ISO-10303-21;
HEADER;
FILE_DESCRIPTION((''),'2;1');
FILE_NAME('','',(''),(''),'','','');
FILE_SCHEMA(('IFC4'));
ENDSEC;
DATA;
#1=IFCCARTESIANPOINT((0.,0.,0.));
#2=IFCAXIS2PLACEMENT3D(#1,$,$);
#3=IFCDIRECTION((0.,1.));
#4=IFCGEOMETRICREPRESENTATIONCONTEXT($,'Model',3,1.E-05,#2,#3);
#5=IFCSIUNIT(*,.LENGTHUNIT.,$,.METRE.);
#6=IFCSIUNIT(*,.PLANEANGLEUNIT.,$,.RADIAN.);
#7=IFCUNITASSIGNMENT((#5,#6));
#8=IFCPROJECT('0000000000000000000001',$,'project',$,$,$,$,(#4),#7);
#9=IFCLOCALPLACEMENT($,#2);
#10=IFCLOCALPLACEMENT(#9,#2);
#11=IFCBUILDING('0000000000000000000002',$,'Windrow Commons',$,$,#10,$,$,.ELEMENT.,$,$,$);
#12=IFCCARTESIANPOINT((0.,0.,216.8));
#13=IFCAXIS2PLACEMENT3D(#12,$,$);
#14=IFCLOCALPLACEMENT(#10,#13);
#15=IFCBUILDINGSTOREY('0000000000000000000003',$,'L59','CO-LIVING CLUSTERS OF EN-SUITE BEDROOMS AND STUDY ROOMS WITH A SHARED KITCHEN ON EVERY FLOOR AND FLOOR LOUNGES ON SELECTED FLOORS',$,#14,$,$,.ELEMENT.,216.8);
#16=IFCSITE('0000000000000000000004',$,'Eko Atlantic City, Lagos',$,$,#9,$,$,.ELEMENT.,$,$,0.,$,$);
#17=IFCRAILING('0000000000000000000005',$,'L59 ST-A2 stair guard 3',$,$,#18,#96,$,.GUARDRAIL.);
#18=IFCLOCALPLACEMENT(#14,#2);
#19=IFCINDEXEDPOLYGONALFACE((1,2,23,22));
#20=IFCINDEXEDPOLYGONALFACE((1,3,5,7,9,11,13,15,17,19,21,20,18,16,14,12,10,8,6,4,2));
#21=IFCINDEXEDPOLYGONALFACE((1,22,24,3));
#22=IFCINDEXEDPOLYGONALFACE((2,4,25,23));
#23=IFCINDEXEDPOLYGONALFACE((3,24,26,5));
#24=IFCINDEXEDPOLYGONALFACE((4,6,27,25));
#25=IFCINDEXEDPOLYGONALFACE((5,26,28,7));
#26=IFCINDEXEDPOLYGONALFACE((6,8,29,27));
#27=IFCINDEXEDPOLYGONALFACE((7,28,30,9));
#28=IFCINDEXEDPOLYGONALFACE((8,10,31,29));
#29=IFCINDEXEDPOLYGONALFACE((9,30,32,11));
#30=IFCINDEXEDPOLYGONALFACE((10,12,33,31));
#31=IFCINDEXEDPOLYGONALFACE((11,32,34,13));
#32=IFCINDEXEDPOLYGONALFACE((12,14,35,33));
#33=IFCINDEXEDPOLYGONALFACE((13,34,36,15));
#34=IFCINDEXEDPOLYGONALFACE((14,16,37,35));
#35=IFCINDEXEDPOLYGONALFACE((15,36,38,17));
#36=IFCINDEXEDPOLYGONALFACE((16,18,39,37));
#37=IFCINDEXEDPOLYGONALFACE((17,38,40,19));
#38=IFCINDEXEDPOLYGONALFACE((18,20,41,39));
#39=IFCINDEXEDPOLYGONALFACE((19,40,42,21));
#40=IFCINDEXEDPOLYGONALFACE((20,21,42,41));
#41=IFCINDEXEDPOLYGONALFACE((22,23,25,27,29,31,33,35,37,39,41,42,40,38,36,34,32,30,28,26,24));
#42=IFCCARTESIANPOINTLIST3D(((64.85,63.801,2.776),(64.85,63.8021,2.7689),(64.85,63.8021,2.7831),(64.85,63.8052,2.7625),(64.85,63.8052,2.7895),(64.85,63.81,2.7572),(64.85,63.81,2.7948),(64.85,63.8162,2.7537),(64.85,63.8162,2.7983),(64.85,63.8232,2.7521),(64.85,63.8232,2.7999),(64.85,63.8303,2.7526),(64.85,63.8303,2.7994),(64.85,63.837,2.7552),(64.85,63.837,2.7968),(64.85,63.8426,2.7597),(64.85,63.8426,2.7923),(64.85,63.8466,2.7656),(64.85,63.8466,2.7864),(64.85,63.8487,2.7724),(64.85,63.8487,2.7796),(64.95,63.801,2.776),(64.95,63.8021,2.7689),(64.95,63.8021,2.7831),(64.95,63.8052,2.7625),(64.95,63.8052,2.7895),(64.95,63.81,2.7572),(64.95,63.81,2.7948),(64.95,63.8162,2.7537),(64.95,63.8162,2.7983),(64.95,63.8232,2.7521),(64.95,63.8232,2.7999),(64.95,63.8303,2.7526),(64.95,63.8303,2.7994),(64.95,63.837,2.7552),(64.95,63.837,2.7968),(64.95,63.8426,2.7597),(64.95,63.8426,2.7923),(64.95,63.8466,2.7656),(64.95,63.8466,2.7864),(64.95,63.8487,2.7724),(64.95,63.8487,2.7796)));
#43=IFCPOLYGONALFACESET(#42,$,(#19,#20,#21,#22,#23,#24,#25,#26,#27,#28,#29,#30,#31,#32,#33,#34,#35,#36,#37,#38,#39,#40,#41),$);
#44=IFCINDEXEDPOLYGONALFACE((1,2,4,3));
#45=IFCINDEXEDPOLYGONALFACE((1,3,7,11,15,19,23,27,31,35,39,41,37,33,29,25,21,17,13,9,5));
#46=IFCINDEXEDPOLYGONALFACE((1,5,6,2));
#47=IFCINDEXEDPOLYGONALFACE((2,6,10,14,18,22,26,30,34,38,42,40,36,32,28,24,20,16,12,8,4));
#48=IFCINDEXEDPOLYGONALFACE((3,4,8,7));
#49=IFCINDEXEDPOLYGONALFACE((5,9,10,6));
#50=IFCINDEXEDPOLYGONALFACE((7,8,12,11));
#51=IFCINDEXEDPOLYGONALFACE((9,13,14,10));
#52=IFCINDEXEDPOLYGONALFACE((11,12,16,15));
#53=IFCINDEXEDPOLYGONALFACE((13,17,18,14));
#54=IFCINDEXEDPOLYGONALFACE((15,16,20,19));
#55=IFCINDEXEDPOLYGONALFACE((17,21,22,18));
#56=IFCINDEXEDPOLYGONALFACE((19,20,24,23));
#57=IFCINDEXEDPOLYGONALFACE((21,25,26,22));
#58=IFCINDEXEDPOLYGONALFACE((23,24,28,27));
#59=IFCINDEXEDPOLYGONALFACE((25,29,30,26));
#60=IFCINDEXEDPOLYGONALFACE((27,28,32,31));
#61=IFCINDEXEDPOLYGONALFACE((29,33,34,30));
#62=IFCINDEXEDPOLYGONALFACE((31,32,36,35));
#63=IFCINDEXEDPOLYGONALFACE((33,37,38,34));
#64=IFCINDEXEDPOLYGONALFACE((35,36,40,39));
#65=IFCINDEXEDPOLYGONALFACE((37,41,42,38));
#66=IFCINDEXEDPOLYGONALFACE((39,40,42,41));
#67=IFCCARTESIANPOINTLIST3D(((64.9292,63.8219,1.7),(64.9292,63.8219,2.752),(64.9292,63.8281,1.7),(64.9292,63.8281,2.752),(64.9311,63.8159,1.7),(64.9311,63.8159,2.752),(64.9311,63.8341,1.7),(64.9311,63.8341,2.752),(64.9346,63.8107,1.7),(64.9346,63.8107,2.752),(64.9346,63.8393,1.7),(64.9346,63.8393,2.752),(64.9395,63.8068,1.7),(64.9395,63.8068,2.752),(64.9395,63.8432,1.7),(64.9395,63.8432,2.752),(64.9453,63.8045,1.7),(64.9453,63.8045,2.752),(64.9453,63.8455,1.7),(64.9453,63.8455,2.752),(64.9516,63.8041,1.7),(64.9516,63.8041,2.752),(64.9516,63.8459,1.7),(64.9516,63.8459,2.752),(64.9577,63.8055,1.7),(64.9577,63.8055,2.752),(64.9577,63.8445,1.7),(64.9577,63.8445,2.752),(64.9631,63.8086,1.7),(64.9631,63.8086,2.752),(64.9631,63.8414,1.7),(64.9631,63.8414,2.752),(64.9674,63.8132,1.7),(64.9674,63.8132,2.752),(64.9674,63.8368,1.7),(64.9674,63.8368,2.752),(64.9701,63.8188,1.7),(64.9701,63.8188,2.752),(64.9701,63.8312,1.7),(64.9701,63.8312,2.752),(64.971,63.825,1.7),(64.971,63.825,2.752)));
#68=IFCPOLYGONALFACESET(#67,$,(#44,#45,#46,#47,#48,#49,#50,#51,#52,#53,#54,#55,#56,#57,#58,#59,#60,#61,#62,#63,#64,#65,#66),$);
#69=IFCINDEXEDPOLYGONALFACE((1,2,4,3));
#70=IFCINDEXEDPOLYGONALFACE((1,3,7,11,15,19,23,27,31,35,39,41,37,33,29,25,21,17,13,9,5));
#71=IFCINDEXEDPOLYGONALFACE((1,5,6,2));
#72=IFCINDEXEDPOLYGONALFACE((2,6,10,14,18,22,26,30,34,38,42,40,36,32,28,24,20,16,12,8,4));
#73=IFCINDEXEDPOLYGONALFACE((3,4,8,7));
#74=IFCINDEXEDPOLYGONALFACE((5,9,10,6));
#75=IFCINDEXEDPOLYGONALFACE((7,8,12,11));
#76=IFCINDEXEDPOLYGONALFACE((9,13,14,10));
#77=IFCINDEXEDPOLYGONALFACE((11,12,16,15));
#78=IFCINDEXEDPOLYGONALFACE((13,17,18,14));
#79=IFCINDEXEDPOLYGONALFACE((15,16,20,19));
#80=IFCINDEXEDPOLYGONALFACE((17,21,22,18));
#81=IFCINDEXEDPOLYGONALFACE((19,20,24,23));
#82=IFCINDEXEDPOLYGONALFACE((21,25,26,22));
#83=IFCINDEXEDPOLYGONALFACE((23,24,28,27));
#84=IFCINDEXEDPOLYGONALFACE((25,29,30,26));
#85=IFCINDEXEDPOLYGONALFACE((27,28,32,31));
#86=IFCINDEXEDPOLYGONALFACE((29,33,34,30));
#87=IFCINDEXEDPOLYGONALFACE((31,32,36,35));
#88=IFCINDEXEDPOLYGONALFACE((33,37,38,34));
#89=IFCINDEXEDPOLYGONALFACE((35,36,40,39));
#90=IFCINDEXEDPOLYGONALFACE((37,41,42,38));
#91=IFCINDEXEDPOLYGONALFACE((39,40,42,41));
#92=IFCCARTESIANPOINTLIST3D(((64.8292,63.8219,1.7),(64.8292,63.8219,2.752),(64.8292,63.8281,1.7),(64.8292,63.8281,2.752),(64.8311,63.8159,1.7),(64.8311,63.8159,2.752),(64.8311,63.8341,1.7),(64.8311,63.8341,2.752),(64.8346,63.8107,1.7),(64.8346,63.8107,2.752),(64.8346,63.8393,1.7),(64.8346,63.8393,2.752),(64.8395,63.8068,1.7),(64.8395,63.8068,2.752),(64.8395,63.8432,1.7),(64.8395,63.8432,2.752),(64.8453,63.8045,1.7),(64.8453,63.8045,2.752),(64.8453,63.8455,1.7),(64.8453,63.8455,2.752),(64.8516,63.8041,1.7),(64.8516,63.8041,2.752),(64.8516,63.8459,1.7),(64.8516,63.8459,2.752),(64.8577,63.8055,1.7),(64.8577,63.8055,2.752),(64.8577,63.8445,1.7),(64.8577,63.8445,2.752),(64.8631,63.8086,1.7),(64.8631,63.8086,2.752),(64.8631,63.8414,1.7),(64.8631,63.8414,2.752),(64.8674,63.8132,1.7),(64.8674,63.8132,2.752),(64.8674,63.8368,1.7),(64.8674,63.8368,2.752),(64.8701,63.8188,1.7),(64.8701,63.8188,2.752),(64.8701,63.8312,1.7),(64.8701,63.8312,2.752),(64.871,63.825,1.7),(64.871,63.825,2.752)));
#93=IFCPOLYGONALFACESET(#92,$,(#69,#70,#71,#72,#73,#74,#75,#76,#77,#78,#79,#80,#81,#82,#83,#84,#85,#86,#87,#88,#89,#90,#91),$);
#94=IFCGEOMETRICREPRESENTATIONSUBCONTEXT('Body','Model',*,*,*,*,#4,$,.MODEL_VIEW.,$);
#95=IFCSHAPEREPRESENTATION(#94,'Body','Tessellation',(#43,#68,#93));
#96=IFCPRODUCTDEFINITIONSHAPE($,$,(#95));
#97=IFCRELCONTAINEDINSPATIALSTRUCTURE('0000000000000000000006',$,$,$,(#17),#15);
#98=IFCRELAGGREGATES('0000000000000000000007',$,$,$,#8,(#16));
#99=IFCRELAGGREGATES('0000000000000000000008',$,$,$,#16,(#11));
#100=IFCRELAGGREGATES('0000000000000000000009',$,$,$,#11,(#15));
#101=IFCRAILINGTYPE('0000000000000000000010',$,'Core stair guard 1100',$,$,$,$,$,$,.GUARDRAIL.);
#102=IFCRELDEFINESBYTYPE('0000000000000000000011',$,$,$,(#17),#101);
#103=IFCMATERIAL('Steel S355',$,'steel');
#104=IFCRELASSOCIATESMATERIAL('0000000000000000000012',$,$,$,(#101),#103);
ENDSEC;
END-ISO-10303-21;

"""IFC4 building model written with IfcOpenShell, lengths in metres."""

from ifc_helpers import new_model, si_unit, direction, frame, origin, origin_2d, place, context, subcontext, project, spatial, circle, extrude, material, type_object, element, save


model = new_model("IFC4")

# Units and contexts
model_context = context("Model", 3, precision=1e-05, world=origin(), true_north=direction((0.0, 1.0)))
body_context = subcontext(model_context, "Body", "Model", "MODEL_VIEW")
ifc_project = project(units=[si_unit("LENGTHUNIT", "METRE"), si_unit("PLANEANGLEUNIT", "RADIAN")], contexts=[model_context])

# Site, building, storey
site_placement = place(None, origin())
site = spatial("IfcSite", under=ifc_project, at=site_placement, Name="Eko Atlantic City, Lagos", CompositionType="ELEMENT", RefElevation=0.0)
building_placement = place(site_placement, origin())
building = spatial("IfcBuilding", under=site, at=building_placement, Name="Windrow Commons", CompositionType="ELEMENT")
storey_placement = place(building_placement, frame((0.0, 0.0, 216.8)))
storey = spatial("IfcBuildingStorey", under=building, at=storey_placement, Name="L59", Description="CO-LIVING CLUSTERS OF EN-SUITE BEDROOMS AND STUDY ROOMS WITH A SHARED KITCHEN ON EVERY FLOOR AND FLOOR LOUNGES ON SELECTED FLOORS", CompositionType="ELEMENT", Elevation=216.8)

# Railing
ifc_material_1 = material(Name="Steel S355", Category="steel")
railing_type_1 = type_object("IfcRailingType", Name="Core stair guard 1100", PredefinedType="GUARDRAIL", material=ifc_material_1)
railing_1_placement = place(storey_placement, frame((64.95, 63.825, 1.7)))
element("IfcRailing", 1, at=railing_1_placement, inside=storey, type_object=railing_type_1, Name="L59 ST-A2 stair guard 3", PredefinedType="GUARDRAIL", context=body_context, shape_type="SweptSolid", body=[
    extrude(circle(Radius=0.024, at=origin_2d()), frame((0.0, 0.0, 1.076), z_axis=(-1.0, 0.0, 0.0), x_axis=(0.0, -1.0, 0.0)), (0.0, 0.0, 1.0), 0.1),
    extrude(circle(Radius=0.021, at=origin_2d()), origin(), (0.0, 0.0, 1.0), 1.052),
    extrude(circle(Radius=0.021, at=origin_2d()), frame((-0.1, 0.0, 0.0)), (0.0, 0.0, 1.0), 1.052),
])

save(model, "model.ifc")
